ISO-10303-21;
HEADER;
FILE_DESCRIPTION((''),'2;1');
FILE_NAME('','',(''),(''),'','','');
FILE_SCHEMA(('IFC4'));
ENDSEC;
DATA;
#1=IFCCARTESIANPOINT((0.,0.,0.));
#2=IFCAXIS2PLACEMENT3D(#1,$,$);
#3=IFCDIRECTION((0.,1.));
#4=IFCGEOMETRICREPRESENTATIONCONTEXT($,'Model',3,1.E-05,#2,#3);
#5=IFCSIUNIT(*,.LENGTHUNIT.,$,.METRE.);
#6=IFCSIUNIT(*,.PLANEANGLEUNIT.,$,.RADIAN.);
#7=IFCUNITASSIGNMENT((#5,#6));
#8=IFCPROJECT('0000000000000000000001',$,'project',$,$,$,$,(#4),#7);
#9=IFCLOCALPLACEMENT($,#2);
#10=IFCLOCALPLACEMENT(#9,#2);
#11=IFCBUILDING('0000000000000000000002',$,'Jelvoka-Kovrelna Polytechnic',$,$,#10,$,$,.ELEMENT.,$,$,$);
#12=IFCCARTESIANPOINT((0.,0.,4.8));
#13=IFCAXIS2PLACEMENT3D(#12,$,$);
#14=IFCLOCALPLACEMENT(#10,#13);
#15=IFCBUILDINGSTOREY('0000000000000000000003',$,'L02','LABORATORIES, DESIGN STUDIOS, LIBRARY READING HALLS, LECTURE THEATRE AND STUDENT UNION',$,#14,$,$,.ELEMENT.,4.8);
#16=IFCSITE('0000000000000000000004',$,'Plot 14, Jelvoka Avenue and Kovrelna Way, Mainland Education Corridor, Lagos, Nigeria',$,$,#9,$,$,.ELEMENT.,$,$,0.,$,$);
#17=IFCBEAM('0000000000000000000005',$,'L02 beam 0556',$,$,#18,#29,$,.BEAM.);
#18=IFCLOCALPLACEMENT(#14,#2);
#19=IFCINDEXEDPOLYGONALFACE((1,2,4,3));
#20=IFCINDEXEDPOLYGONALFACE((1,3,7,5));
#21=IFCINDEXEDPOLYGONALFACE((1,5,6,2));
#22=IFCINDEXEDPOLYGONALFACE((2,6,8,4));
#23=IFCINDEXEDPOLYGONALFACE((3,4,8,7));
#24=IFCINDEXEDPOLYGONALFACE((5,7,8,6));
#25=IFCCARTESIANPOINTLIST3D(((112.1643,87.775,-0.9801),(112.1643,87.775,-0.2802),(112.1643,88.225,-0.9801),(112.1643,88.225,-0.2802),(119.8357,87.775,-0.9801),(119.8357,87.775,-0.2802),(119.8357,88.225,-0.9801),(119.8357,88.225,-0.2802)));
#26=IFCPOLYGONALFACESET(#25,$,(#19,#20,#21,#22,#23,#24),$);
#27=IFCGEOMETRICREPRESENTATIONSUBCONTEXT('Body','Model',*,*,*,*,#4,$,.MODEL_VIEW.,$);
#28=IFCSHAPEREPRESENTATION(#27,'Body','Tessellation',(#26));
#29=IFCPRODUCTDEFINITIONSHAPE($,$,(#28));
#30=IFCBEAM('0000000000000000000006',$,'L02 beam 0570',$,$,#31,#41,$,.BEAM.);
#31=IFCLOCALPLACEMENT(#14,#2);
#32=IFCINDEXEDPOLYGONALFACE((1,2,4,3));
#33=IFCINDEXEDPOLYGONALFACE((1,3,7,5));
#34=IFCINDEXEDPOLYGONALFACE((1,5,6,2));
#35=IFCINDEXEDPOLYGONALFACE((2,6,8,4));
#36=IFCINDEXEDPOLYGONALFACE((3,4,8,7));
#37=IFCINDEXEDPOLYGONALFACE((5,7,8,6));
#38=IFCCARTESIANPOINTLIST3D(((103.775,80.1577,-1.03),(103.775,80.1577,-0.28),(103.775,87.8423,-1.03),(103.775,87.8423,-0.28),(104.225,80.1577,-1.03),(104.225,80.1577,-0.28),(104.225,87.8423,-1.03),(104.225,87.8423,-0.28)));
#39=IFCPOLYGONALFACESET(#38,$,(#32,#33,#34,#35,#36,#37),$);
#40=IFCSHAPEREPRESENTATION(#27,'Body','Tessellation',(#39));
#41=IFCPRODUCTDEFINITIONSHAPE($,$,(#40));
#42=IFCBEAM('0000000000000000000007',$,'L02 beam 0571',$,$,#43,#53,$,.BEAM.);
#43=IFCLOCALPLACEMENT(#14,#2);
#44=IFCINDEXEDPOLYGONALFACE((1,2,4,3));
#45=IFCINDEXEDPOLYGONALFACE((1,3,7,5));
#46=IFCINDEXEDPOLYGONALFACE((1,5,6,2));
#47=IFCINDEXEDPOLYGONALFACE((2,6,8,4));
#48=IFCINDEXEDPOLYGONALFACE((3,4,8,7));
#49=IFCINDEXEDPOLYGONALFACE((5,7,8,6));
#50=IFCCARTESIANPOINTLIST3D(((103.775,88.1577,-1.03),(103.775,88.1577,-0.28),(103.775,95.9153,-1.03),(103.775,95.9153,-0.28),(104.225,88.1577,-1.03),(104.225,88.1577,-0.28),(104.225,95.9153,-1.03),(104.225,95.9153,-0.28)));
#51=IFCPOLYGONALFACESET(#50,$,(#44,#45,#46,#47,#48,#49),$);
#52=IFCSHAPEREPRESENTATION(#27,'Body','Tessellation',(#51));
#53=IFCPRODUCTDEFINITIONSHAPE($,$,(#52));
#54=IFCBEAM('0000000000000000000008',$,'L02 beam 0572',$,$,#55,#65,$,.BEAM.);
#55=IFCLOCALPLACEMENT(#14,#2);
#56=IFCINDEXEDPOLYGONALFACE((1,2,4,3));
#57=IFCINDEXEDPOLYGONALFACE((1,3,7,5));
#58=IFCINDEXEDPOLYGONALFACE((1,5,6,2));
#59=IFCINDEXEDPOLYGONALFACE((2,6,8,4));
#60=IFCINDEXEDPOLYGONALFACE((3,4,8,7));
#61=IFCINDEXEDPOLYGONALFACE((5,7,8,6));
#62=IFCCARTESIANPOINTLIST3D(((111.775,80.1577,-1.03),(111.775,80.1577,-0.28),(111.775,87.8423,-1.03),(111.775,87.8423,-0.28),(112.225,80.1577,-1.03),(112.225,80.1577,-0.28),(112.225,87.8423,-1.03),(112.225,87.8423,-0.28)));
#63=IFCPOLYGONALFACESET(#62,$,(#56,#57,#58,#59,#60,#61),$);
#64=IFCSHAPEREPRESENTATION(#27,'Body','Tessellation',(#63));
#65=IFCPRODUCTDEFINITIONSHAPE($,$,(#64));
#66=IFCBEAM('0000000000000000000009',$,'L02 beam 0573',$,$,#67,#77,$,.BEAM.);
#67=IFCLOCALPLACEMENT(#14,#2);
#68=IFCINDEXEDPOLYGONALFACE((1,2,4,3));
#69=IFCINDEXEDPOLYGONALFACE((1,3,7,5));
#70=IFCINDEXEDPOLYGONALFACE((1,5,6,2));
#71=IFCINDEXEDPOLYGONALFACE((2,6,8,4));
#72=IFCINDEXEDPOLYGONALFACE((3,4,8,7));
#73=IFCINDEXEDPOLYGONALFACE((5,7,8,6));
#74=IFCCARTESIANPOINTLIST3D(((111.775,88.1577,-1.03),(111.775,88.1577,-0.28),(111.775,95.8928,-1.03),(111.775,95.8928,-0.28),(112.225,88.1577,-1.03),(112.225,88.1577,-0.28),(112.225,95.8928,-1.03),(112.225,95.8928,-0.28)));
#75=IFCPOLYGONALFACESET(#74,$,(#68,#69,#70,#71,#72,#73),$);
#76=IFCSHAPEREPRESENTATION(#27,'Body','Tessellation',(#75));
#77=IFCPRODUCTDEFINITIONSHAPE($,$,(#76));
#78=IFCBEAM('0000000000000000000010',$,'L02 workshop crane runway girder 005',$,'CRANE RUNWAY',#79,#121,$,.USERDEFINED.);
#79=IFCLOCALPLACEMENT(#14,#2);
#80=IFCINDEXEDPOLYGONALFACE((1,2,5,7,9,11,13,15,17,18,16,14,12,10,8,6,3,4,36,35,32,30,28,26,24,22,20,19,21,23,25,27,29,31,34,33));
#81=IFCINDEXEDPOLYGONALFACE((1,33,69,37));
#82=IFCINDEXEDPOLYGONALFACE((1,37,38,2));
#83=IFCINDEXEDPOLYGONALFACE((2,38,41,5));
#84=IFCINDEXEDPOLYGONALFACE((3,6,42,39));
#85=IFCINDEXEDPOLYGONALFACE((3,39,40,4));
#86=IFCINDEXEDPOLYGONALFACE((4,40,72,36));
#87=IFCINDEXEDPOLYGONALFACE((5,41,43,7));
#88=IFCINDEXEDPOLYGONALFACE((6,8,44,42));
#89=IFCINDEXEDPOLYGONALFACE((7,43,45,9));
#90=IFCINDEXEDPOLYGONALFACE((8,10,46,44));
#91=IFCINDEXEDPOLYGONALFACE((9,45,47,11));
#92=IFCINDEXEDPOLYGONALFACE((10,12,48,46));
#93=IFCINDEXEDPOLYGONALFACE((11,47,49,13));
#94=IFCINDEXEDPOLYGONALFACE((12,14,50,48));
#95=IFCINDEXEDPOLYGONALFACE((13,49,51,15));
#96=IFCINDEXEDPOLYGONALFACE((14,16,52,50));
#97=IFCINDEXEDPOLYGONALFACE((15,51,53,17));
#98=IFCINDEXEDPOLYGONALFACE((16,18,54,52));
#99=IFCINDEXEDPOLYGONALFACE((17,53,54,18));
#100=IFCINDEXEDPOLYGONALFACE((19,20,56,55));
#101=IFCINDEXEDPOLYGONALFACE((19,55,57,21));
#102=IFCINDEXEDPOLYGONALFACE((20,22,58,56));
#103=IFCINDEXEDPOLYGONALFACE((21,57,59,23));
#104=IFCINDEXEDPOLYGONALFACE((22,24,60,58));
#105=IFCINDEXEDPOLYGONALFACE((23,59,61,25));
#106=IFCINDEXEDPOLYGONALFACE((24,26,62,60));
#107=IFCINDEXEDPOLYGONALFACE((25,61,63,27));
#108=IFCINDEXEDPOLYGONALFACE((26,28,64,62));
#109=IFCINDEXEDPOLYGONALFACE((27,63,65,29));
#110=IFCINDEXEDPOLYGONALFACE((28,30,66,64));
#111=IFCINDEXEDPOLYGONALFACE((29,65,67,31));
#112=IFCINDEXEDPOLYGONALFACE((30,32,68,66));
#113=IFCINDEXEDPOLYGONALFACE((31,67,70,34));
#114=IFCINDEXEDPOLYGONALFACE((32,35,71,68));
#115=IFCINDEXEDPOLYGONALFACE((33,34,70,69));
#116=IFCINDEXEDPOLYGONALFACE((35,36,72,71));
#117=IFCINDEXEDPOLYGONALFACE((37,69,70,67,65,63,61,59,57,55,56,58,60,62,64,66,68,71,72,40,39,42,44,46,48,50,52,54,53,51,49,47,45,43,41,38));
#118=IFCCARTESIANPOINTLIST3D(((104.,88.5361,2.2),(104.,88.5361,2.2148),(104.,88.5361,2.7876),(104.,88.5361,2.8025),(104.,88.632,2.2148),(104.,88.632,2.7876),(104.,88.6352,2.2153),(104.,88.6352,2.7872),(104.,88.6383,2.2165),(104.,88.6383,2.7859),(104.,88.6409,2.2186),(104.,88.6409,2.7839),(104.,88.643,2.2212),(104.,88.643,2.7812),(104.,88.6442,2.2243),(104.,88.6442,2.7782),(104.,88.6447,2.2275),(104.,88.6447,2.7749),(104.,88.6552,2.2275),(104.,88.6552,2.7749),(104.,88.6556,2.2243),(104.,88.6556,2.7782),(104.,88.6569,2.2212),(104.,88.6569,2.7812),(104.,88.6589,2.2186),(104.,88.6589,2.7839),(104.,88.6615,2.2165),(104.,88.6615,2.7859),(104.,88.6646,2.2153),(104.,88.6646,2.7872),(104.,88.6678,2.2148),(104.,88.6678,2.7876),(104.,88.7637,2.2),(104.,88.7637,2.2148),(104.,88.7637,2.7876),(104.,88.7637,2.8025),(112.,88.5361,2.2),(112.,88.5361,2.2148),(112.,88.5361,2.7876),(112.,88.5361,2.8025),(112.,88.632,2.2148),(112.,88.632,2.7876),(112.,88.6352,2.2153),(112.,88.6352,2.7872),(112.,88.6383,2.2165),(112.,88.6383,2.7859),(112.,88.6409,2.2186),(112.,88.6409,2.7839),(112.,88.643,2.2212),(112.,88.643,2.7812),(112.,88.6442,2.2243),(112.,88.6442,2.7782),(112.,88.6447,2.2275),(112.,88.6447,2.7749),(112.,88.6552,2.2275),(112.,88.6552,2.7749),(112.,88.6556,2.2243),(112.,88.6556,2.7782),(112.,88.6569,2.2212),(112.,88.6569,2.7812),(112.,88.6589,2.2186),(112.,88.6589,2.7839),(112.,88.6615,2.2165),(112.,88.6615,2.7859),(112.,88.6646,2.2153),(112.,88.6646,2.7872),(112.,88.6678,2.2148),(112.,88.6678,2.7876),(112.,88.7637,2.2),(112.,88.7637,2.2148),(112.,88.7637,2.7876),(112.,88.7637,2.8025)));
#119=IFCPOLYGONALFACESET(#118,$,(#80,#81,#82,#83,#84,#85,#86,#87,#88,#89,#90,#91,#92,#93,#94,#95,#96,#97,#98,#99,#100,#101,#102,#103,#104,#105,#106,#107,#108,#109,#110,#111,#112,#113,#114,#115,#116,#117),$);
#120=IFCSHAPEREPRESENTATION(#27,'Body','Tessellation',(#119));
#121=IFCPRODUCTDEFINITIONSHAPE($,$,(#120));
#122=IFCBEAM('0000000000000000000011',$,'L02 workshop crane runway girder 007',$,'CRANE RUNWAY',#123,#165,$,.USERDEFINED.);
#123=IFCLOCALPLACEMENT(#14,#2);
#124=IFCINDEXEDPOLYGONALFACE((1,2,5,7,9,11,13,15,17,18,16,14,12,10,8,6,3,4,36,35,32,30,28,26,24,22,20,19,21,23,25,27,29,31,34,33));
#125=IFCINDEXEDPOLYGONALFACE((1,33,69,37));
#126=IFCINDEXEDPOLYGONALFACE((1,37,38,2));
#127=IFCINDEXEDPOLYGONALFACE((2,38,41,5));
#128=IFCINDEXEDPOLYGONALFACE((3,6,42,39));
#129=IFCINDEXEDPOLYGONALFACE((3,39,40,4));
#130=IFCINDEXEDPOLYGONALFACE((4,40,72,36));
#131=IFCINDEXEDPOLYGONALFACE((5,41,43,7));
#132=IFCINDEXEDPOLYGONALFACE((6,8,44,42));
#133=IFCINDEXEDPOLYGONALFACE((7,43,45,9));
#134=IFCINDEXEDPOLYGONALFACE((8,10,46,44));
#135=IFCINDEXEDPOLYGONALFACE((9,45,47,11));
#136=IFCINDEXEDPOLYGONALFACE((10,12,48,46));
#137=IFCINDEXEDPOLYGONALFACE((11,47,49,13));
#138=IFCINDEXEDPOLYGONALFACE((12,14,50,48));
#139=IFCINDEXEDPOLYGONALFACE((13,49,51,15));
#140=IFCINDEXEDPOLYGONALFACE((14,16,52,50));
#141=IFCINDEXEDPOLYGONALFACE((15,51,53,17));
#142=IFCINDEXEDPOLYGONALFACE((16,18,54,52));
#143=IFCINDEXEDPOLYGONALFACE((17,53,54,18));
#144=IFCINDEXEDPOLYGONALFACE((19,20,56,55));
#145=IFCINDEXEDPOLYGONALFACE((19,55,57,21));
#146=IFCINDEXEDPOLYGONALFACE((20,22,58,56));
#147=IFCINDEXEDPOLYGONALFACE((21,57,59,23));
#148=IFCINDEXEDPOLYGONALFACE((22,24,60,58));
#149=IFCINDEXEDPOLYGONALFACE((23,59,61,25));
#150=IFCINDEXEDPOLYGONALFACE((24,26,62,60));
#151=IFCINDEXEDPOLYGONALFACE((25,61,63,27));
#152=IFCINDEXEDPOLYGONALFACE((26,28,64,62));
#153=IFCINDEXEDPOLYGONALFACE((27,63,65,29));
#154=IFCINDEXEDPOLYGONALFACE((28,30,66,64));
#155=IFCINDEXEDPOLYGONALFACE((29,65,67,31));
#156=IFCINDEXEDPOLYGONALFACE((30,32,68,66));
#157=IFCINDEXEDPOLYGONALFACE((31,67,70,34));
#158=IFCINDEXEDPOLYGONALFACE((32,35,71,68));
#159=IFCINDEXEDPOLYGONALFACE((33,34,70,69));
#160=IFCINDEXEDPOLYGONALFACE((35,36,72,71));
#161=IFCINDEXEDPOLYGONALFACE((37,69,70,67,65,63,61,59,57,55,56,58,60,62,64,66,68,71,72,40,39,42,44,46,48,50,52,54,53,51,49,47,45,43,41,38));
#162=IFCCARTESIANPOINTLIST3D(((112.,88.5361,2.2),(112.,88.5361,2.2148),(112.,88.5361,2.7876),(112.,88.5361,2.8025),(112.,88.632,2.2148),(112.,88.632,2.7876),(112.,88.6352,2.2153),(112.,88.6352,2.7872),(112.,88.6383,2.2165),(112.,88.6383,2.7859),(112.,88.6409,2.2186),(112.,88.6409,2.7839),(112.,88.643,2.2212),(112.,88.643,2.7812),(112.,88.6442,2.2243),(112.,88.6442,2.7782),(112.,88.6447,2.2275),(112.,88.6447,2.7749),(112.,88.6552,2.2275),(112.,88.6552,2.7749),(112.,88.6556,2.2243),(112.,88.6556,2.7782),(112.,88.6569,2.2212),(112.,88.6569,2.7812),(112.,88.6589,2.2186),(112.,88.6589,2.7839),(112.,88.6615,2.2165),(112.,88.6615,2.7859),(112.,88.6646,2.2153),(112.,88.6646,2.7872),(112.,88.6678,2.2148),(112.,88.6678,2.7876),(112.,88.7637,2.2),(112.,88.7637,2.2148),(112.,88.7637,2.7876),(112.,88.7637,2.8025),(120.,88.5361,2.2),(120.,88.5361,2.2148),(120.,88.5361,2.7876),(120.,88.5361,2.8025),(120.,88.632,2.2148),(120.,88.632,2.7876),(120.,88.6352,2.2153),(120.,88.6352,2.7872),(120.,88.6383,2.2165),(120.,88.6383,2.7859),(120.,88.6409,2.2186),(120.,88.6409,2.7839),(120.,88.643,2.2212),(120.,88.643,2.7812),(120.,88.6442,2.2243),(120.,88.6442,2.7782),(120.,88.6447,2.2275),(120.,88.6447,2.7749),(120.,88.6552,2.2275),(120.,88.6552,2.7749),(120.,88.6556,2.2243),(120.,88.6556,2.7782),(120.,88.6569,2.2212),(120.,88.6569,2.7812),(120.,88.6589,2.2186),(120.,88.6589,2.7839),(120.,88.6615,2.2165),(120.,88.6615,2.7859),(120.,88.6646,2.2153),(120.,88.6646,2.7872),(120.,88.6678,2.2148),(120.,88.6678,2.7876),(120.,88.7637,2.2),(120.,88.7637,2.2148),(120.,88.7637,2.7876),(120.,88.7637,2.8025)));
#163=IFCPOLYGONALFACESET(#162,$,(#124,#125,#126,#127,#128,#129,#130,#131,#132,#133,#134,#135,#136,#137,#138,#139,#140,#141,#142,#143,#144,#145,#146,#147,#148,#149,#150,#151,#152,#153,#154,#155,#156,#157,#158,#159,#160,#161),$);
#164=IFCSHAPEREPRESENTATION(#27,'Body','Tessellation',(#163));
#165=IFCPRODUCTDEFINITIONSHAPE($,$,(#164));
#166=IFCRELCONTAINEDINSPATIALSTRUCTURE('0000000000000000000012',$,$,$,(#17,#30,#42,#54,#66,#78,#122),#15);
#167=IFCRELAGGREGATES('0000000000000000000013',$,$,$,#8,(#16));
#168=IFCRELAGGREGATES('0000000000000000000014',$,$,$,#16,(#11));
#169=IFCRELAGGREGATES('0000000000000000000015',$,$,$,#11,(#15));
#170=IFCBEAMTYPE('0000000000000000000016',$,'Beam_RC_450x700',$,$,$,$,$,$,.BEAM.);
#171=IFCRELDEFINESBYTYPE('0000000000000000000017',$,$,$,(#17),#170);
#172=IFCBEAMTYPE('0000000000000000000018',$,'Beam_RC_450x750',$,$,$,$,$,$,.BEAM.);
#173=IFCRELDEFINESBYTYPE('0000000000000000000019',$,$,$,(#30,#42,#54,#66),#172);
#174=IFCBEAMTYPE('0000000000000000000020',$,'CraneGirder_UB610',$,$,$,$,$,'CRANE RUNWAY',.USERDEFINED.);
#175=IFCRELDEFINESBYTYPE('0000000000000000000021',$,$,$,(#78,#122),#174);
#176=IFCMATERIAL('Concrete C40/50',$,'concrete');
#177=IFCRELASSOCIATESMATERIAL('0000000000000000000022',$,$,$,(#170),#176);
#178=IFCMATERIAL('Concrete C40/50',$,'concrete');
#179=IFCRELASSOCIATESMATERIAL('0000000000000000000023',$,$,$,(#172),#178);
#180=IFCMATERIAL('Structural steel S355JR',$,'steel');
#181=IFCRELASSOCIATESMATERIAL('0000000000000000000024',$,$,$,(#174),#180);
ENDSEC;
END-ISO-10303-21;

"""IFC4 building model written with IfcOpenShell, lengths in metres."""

from ifc_helpers import new_model, si_unit, direction, frame, origin, origin_2d, place, context, subcontext, project, spatial, rectangle, i_section, extrude, material, material_profile, profile_set, type_object, element, save


model = new_model("IFC4")

# Units and contexts
model_context = context("Model", 3, precision=1e-05, world=origin(), true_north=direction((0.0, 1.0)))
body_context = subcontext(model_context, "Body", "Model", "MODEL_VIEW")
ifc_project = project(units=[si_unit("LENGTHUNIT", "METRE"), si_unit("PLANEANGLEUNIT", "RADIAN")], contexts=[model_context])

# Site, building, storey
site_placement = place(None, origin())
site = spatial("IfcSite", under=ifc_project, at=site_placement, Name="Plot 14, Jelvoka Avenue and Kovrelna Way, Mainland Education Corridor, Lagos, Nigeria", CompositionType="ELEMENT", RefElevation=0.0)
building_placement = place(site_placement, origin())
building = spatial("IfcBuilding", under=site, at=building_placement, Name="Jelvoka-Kovrelna Polytechnic", CompositionType="ELEMENT")
storey_placement = place(building_placement, frame((0.0, 0.0, 4.8)))
storey = spatial("IfcBuildingStorey", under=building, at=storey_placement, Name="L02", Description="LABORATORIES, DESIGN STUDIOS, LIBRARY READING HALLS, LECTURE THEATRE AND STUDENT UNION", CompositionType="ELEMENT", Elevation=4.8)

# Beams
ifc_material_1 = material(Name="Concrete C40/50", Category="concrete")
ifc_material_profile_1 = material_profile(ifc_material_1, rectangle(XDim=0.45, YDim=0.7, at=origin_2d()), Name="RC 450x700")
ifc_profile_set_1 = profile_set([ifc_material_profile_1], Name="Concrete C40/50")
beam_type_1 = type_object("IfcBeamType", Name="Beam_RC_450x700", PredefinedType="BEAM", material=ifc_profile_set_1)
for number, where, z_axis, x_axis, name in (
    (1, (112.1643, 88.0, -0.6301), (1.0, 0.0, 0.0), (0.0, 1.0, 0.0), "L02 beam 0556"),
):
    element("IfcBeam", number, at=place(storey_placement, frame(where, z_axis=z_axis, x_axis=x_axis)), inside=storey, type_object=beam_type_1, Name=name, PredefinedType="BEAM", context=body_context, shape_type="SweptSolid", body=[
        extrude(rectangle(XDim=0.45, YDim=0.7, at=origin_2d()), origin(), (0.0, 0.0, 1.0), 7.6714),
    ])
ifc_material_2 = material(Name="Concrete C40/50", Category="concrete")
ifc_material_profile_2 = material_profile(ifc_material_2, rectangle(XDim=0.45, YDim=0.75, at=origin_2d()), Name="RC 450x750")
ifc_profile_set_2 = profile_set([ifc_material_profile_2], Name="Concrete C40/50")
beam_type_2 = type_object("IfcBeamType", Name="Beam_RC_450x750", PredefinedType="BEAM", material=ifc_profile_set_2)
beam_1_placement = place(storey_placement, frame((104.0, 80.1577, -0.655), z_axis=(0.0, 1.0, 0.0), x_axis=(-1.0, 0.0, 0.0)))
element("IfcBeam", 2, at=beam_1_placement, inside=storey, type_object=beam_type_2, Name="L02 beam 0570", PredefinedType="BEAM", context=body_context, shape_type="SweptSolid", body=[
    extrude(rectangle(XDim=0.45, YDim=0.75, at=origin_2d()), origin(), (0.0, 0.0, 1.0), 7.6846),
])
beam_2_placement = place(storey_placement, frame((104.0, 88.1577, -0.655), z_axis=(0.0, 1.0, 0.0), x_axis=(-1.0, 0.0, 0.0)))
element("IfcBeam", 3, at=beam_2_placement, inside=storey, type_object=beam_type_2, Name="L02 beam 0571", PredefinedType="BEAM", context=body_context, shape_type="SweptSolid", body=[
    extrude(rectangle(XDim=0.45, YDim=0.75, at=origin_2d()), origin(), (0.0, 0.0, 1.0), 7.7576),
])
beam_3_placement = place(storey_placement, frame((112.0, 80.1577, -0.655), z_axis=(0.0, 1.0, 0.0), x_axis=(-1.0, 0.0, 0.0)))
element("IfcBeam", 4, at=beam_3_placement, inside=storey, type_object=beam_type_2, Name="L02 beam 0572", PredefinedType="BEAM", context=body_context, shape_type="SweptSolid", body=[
    extrude(rectangle(XDim=0.45, YDim=0.75, at=origin_2d()), origin(), (0.0, 0.0, 1.0), 7.6846),
])
beam_4_placement = place(storey_placement, frame((112.0, 88.1577, -0.655), z_axis=(0.0, 1.0, 0.0), x_axis=(-1.0, 0.0, 0.0)))
element("IfcBeam", 5, at=beam_4_placement, inside=storey, type_object=beam_type_2, Name="L02 beam 0573", PredefinedType="BEAM", context=body_context, shape_type="SweptSolid", body=[
    extrude(rectangle(XDim=0.45, YDim=0.75, at=origin_2d()), origin(), (0.0, 0.0, 1.0), 7.7351),
])
ifc_material_3 = material(Name="Structural steel S355JR", Category="steel")
ifc_material_profile_3 = material_profile(ifc_material_3, i_section(OverallWidth=0.2275, OverallDepth=0.6025, WebThickness=0.0105, FlangeThickness=0.0149, FilletRadius=0.0127, at=origin_2d()), Name="610x229x101 UB")
ifc_profile_set_3 = profile_set([ifc_material_profile_3], Name="Structural steel S355JR")
beam_type_3 = type_object("IfcBeamType", Name="CraneGirder_UB610", ElementType="CRANE RUNWAY", PredefinedType="USERDEFINED", material=ifc_profile_set_3)
for number, where, z_axis, x_axis, name in (
    (6, (104.0, 88.6499, 2.5012), (1.0, 0.0, 0.0), (0.0, 1.0, 0.0), "L02 workshop crane runway girder 005"),
    (7, (112.0, 88.6499, 2.5012), (1.0, 0.0, 0.0), (0.0, 1.0, 0.0), "L02 workshop crane runway girder 007"),
):
    element("IfcBeam", number, at=place(storey_placement, frame(where, z_axis=z_axis, x_axis=x_axis)), inside=storey, type_object=beam_type_3, Name=name, ObjectType="CRANE RUNWAY", PredefinedType="USERDEFINED", context=body_context, shape_type="SweptSolid", body=[
        extrude(i_section(OverallWidth=0.2275, OverallDepth=0.6025, WebThickness=0.0105, FlangeThickness=0.0149, FilletRadius=0.0127, at=origin_2d()), origin(), (0.0, 0.0, 1.0), 8.0),
    ])

save(model, "model.ifc")
